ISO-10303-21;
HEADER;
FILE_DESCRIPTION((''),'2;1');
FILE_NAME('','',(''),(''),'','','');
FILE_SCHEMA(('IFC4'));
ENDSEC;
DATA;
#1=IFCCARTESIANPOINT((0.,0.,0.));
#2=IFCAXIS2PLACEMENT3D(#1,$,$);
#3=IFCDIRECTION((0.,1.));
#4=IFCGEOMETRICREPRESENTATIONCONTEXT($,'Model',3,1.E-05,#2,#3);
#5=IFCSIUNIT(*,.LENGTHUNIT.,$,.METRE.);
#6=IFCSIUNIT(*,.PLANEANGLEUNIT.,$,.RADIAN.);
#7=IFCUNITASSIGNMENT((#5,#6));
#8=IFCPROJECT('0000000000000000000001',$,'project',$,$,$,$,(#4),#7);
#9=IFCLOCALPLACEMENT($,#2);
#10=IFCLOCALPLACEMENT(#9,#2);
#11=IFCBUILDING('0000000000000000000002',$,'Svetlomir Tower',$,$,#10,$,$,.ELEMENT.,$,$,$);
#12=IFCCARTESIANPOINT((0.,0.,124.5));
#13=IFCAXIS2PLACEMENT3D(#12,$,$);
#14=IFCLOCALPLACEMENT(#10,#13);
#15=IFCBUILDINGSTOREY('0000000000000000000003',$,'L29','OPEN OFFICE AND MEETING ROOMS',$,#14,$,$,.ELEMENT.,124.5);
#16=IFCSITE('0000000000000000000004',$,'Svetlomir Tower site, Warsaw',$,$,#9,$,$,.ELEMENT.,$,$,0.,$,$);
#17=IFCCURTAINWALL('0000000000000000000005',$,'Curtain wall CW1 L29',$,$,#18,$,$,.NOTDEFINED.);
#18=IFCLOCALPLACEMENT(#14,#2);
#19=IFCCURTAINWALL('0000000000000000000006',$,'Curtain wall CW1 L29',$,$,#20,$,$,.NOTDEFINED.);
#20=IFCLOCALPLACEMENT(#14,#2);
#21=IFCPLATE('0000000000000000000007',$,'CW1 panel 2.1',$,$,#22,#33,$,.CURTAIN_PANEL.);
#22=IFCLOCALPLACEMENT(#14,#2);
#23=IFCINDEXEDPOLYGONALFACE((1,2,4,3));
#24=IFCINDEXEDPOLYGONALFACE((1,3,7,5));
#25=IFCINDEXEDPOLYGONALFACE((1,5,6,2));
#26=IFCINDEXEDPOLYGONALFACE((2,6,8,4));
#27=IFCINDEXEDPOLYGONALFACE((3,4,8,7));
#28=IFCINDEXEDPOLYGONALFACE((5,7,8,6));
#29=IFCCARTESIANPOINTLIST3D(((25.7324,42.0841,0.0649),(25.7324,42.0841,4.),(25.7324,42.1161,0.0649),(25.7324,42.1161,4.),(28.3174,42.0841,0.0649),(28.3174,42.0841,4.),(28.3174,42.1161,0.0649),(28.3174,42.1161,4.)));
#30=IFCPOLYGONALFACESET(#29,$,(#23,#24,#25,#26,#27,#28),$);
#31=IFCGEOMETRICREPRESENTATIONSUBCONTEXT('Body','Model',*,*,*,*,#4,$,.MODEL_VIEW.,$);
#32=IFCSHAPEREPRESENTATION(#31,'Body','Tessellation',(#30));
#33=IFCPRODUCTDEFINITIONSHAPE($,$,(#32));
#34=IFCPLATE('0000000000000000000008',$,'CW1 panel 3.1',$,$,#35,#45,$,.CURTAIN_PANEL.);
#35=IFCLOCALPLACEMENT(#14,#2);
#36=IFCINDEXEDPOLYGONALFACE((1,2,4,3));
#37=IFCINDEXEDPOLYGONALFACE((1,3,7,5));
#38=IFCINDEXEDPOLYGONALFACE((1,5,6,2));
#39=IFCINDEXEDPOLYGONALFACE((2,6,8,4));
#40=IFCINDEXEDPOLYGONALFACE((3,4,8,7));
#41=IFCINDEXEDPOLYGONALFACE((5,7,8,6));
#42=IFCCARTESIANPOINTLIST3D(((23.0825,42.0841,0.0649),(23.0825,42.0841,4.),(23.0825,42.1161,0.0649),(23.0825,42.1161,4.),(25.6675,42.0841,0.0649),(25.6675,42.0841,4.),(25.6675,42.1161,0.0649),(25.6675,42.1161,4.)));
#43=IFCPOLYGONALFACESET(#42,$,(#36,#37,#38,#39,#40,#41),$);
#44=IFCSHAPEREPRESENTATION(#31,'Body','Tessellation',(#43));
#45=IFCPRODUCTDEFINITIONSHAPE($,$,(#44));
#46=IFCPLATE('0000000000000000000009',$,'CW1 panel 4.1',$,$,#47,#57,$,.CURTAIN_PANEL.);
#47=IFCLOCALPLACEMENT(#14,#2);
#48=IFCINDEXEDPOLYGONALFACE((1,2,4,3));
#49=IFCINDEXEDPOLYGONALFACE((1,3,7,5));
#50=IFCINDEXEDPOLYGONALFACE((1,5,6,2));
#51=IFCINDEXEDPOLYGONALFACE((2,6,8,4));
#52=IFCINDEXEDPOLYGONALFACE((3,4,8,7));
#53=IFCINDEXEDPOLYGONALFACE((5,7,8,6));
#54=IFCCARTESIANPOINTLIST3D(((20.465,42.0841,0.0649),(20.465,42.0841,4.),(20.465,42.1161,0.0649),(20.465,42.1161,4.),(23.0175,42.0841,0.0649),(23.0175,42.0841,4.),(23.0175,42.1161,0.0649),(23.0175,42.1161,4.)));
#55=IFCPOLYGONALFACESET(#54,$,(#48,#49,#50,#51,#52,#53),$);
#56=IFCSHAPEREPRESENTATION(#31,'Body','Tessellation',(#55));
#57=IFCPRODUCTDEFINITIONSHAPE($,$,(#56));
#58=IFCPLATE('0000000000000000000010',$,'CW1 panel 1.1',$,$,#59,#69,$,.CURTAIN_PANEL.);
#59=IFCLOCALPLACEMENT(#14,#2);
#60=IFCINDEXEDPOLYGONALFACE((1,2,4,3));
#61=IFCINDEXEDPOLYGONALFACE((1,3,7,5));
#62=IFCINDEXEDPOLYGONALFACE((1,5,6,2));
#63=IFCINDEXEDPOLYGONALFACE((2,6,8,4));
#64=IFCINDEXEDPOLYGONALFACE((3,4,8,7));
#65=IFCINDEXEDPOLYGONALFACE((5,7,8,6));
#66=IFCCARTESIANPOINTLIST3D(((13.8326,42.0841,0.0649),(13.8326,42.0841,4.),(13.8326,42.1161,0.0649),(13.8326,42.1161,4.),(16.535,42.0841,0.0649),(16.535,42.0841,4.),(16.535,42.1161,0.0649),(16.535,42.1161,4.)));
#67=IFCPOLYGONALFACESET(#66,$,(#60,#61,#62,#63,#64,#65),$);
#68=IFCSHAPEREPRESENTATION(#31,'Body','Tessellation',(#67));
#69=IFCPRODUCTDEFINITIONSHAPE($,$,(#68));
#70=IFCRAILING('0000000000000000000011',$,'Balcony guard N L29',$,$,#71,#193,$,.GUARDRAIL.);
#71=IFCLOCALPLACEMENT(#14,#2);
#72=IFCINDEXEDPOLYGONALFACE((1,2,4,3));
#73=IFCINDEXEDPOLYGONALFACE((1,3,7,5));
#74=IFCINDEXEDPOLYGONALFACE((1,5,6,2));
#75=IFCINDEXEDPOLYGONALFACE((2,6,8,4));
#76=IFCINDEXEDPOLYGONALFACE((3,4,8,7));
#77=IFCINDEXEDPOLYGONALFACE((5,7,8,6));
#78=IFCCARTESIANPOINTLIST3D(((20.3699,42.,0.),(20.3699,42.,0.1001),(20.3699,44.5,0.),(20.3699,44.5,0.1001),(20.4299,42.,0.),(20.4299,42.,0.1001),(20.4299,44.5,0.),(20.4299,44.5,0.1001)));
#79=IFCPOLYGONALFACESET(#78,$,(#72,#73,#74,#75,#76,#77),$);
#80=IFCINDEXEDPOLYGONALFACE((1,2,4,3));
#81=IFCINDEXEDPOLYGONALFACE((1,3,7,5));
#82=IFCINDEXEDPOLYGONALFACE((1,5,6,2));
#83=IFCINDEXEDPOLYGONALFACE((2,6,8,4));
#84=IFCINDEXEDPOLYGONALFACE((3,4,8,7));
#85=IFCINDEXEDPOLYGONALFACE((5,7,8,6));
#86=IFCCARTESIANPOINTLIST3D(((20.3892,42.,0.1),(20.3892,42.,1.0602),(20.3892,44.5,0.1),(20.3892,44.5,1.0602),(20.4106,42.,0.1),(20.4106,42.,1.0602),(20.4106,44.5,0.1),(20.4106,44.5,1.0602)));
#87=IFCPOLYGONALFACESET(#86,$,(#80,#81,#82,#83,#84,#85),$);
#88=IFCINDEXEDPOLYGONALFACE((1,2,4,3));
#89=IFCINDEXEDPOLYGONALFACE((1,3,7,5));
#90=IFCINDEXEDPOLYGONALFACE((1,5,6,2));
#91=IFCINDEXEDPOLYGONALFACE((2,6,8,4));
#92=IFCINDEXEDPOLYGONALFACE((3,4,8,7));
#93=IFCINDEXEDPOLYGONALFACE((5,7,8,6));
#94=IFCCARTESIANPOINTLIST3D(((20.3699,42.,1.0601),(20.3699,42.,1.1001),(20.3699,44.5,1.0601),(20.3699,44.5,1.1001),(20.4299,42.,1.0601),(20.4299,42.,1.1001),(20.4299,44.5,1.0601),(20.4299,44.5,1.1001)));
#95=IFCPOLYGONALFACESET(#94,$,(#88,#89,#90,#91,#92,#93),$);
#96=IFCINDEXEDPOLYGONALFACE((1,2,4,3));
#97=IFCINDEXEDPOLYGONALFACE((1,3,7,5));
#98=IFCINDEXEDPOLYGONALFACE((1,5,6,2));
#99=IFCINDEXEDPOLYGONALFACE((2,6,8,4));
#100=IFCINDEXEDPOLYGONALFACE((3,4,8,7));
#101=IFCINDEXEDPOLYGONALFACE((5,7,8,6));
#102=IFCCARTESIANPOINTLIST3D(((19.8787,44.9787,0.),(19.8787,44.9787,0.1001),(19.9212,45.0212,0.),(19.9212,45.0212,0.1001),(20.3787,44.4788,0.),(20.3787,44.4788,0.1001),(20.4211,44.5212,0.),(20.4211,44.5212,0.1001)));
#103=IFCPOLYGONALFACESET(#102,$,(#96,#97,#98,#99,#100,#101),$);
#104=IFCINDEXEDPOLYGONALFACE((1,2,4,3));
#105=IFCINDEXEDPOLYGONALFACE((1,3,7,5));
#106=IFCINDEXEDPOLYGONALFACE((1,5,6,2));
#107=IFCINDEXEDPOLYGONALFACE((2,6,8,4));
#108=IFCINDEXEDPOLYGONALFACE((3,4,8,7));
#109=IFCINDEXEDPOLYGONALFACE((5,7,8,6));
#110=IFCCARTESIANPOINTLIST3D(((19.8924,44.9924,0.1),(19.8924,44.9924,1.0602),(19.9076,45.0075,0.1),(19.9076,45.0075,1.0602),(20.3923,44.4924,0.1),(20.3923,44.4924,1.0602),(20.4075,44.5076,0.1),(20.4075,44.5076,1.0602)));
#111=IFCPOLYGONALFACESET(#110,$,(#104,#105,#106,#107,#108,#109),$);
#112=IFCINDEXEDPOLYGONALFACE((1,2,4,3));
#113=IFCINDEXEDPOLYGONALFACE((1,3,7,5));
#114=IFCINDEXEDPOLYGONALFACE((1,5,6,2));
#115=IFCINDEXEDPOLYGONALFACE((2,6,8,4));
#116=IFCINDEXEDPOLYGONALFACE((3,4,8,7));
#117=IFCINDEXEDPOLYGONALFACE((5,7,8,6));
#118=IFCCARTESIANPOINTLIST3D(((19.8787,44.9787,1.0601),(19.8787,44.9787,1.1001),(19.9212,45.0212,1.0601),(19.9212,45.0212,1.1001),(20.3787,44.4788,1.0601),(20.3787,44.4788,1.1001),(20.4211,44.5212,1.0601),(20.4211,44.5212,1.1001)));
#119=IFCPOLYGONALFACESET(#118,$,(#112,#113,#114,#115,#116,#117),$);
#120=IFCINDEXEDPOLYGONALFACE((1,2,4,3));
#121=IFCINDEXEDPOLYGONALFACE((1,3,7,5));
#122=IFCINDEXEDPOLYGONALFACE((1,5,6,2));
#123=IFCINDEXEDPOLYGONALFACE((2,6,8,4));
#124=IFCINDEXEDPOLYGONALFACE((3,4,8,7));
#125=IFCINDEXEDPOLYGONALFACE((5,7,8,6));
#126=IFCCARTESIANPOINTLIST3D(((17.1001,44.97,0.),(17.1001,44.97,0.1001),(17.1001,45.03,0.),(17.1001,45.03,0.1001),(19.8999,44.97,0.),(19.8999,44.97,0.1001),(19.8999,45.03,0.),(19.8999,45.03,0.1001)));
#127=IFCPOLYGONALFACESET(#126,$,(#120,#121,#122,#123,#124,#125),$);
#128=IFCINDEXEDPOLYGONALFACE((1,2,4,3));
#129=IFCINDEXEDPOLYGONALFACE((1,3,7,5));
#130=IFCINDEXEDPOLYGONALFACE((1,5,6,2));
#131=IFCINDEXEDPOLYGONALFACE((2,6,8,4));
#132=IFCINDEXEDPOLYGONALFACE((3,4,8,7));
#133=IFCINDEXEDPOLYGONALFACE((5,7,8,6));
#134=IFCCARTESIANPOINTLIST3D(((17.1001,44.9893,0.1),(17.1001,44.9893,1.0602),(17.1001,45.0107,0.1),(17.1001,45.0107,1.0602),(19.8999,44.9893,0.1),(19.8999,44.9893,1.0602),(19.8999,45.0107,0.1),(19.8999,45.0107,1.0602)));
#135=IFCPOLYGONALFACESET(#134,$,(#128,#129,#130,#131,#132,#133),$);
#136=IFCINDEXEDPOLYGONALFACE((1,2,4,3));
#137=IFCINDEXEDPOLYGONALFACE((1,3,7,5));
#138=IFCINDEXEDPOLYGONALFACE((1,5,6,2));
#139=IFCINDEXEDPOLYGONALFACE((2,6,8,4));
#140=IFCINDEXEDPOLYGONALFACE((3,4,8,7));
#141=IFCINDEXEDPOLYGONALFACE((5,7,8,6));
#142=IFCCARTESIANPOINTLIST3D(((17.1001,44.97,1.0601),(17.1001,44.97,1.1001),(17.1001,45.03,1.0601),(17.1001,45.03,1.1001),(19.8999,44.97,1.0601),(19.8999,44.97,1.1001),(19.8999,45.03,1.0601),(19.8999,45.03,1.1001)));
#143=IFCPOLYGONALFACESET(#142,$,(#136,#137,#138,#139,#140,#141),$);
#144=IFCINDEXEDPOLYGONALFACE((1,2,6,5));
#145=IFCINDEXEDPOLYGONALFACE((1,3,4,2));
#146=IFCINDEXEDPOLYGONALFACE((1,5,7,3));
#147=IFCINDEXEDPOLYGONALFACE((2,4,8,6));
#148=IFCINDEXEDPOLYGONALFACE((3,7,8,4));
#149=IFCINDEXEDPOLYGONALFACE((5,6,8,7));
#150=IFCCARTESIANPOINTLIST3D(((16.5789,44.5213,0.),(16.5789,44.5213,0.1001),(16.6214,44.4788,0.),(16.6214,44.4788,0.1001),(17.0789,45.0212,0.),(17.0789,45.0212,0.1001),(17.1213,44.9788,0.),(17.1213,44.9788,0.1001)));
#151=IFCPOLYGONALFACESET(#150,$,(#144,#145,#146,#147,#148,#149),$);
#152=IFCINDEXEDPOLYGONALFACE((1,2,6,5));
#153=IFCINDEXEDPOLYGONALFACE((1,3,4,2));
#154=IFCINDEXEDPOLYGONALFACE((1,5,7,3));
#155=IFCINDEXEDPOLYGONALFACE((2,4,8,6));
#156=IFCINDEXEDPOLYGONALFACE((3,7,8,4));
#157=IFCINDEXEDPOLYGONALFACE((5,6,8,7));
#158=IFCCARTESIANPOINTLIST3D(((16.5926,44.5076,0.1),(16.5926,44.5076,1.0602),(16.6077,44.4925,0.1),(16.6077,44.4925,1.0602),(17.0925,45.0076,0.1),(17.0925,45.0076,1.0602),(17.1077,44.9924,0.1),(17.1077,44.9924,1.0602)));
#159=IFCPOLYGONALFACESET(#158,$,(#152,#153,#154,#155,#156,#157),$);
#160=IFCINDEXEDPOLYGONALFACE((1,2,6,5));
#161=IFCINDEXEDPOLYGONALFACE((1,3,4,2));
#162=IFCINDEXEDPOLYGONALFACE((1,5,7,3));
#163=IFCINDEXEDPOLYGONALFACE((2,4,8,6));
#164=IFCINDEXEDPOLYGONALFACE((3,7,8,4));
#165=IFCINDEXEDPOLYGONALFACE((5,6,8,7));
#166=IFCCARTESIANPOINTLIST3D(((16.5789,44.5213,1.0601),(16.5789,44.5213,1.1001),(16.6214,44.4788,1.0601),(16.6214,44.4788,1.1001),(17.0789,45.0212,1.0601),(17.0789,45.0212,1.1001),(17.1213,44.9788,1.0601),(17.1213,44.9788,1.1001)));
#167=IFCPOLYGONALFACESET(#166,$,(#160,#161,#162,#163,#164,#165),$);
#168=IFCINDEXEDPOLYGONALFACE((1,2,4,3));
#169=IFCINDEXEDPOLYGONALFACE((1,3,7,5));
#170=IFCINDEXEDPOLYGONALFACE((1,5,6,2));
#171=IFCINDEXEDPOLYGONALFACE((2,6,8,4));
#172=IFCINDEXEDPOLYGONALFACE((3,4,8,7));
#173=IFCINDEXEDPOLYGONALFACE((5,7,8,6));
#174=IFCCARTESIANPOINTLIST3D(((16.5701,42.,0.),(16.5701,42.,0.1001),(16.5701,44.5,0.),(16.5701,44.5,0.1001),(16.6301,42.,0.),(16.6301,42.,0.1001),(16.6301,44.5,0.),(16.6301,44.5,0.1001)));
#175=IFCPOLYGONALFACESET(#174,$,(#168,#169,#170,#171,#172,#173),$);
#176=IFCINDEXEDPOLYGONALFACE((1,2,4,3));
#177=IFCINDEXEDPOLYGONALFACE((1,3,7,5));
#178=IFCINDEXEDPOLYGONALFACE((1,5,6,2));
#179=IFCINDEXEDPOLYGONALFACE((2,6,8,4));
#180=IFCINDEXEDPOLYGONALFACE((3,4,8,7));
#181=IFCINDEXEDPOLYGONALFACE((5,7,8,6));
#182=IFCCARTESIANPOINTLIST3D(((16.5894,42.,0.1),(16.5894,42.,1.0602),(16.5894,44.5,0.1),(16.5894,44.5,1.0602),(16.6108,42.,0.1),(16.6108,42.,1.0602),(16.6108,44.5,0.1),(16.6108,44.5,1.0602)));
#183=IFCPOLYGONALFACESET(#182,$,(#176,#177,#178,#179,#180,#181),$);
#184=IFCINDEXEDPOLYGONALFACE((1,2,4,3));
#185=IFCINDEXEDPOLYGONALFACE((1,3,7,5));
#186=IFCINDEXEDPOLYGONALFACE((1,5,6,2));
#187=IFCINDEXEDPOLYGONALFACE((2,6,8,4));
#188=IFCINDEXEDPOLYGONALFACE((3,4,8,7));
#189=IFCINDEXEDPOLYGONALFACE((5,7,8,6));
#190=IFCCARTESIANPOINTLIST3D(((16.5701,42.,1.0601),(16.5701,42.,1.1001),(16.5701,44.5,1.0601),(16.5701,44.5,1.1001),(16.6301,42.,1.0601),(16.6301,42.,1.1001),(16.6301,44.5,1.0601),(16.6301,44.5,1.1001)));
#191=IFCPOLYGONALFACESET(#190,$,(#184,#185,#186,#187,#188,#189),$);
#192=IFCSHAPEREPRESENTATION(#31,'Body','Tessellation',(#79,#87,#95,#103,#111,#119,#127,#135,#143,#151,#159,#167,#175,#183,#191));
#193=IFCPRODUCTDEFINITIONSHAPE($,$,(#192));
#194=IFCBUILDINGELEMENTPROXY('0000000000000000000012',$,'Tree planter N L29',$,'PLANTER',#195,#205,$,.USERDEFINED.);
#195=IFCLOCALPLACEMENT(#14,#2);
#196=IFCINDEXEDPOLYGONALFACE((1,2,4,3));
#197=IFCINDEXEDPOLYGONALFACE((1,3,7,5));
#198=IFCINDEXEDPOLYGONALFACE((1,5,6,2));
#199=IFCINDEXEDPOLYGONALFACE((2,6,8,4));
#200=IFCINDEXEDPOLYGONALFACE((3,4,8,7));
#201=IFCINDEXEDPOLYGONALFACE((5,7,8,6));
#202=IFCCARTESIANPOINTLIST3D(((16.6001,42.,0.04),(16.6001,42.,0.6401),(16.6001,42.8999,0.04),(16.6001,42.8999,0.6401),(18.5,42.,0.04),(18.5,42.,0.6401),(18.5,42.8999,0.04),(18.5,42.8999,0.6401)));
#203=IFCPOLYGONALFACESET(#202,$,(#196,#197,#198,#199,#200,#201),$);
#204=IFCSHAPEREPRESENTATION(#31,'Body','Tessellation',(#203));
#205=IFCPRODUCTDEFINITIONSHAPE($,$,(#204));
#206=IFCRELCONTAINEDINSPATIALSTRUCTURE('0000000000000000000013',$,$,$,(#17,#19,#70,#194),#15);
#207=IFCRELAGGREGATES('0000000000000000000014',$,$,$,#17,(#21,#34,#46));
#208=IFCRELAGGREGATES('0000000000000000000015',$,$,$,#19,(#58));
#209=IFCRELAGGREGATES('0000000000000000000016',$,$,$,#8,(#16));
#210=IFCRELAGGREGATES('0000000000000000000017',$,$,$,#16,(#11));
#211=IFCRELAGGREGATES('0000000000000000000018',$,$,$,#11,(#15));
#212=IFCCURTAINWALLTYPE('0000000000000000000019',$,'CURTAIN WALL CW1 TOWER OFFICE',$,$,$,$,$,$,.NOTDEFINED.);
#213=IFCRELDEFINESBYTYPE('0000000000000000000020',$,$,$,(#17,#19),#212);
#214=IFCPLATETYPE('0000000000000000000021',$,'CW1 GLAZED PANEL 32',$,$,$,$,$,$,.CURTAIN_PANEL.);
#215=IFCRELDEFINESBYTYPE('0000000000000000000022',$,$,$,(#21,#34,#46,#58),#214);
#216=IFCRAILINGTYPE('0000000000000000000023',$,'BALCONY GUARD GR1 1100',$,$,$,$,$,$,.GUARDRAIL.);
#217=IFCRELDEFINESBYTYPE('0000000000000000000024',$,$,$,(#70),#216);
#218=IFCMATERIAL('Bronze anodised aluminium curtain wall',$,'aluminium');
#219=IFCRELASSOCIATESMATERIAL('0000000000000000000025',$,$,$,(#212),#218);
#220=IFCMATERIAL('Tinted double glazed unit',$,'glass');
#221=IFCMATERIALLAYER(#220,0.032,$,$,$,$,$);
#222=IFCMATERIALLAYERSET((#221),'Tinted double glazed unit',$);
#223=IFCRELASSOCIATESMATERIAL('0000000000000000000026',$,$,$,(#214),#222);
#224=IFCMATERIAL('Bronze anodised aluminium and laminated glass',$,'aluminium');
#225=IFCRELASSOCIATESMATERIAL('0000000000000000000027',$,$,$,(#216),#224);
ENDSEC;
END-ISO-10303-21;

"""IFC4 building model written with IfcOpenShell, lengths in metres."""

from ifc_helpers import new_model, si_unit, direction, frame, origin, origin_2d, place, context, subcontext, project, spatial, rectangle, extrude, material, layer, layer_set, type_object, element, aggregate, save


model = new_model("IFC4")

# Units and contexts
model_context = context("Model", 3, precision=1e-05, world=origin(), true_north=direction((0.0, 1.0)))
body_context = subcontext(model_context, "Body", "Model", "MODEL_VIEW")
ifc_project = project(units=[si_unit("LENGTHUNIT", "METRE"), si_unit("PLANEANGLEUNIT", "RADIAN")], contexts=[model_context])

# Site, building, storey
site_placement = place(None, origin())
site = spatial("IfcSite", under=ifc_project, at=site_placement, Name="Svetlomir Tower site, Warsaw", CompositionType="ELEMENT", RefElevation=0.0)
building_placement = place(site_placement, origin())
building = spatial("IfcBuilding", under=site, at=building_placement, Name="Svetlomir Tower", CompositionType="ELEMENT")
storey_placement = place(building_placement, frame((0.0, 0.0, 124.5)))
storey = spatial("IfcBuildingStorey", under=building, at=storey_placement, Name="L29", Description="OPEN OFFICE AND MEETING ROOMS", CompositionType="ELEMENT", Elevation=124.5)

# Curtain wall
ifc_material_1 = material(Name="Bronze anodised aluminium curtain wall", Category="aluminium")
curtain_wall_type = type_object("IfcCurtainWallType", Name="CURTAIN WALL CW1 TOWER OFFICE", PredefinedType="NOTDEFINED", material=ifc_material_1)
curtain_wall_1_placement = place(storey_placement, origin())
curtain_wall_1 = element("IfcCurtainWall", 1, at=curtain_wall_1_placement, inside=storey, type_object=curtain_wall_type, Name="Curtain wall CW1 L29", PredefinedType="NOTDEFINED")

# Curtain wall
curtain_wall_2_placement = place(storey_placement, origin())
curtain_wall_2 = element("IfcCurtainWall", 2, at=curtain_wall_2_placement, inside=storey, type_object=curtain_wall_type, Name="Curtain wall CW1 L29", PredefinedType="NOTDEFINED")

# Plates
ifc_material_2 = material(Name="Tinted double glazed unit", Category="glass")
ifc_layer_1 = layer(ifc_material_2, 0.032)
ifc_layer_set_1 = layer_set([ifc_layer_1], Name="Tinted double glazed unit")
plate_type = type_object("IfcPlateType", Name="CW1 GLAZED PANEL 32", PredefinedType="CURTAIN_PANEL", material=ifc_layer_set_1)
plate_1_placement = place(storey_placement, frame((27.0249, 42.1001, 0.0649), z_axis=(0.0, 0.0, 1.0), x_axis=(-1.0, 0.0, 0.0)))
plate_1 = element("IfcPlate", 3, at=plate_1_placement, type_object=plate_type, Name="CW1 panel 2.1", PredefinedType="CURTAIN_PANEL", context=body_context, shape_type="SweptSolid", body=[
    extrude(rectangle(XDim=2.585, YDim=0.032, at=origin_2d()), origin(), (0.0, 0.0, 1.0), 3.9351),
])
plate_2_placement = place(storey_placement, frame((24.375, 42.1001, 0.0649), z_axis=(0.0, 0.0, 1.0), x_axis=(-1.0, 0.0, 0.0)))
plate_2 = element("IfcPlate", 4, at=plate_2_placement, type_object=plate_type, Name="CW1 panel 3.1", PredefinedType="CURTAIN_PANEL", context=body_context, shape_type="SweptSolid", body=[
    extrude(rectangle(XDim=2.585, YDim=0.032, at=origin_2d()), origin(), (0.0, 0.0, 1.0), 3.9351),
])
plate_3_placement = place(storey_placement, frame((21.7412, 42.1001, 0.0649), z_axis=(0.0, 0.0, 1.0), x_axis=(-1.0, 0.0, 0.0)))
plate_3 = element("IfcPlate", 5, at=plate_3_placement, type_object=plate_type, Name="CW1 panel 4.1", PredefinedType="CURTAIN_PANEL", context=body_context, shape_type="SweptSolid", body=[
    extrude(rectangle(XDim=2.5525, YDim=0.032, at=origin_2d()), origin(), (0.0, 0.0, 1.0), 3.9351),
])
aggregate(curtain_wall_1, [plate_1, plate_2, plate_3])
plate_4_placement = place(storey_placement, frame((15.1838, 42.1001, 0.0649), z_axis=(0.0, 0.0, 1.0), x_axis=(-1.0, 0.0, 0.0)))
plate_4 = element("IfcPlate", 6, at=plate_4_placement, type_object=plate_type, Name="CW1 panel 1.1", PredefinedType="CURTAIN_PANEL", context=body_context, shape_type="SweptSolid", body=[
    extrude(rectangle(XDim=2.7024, YDim=0.032, at=origin_2d()), origin(), (0.0, 0.0, 1.0), 3.9351),
])
aggregate(curtain_wall_2, [plate_4])

# Railing
ifc_material_3 = material(Name="Bronze anodised aluminium and laminated glass", Category="aluminium")
railing_type = type_object("IfcRailingType", Name="BALCONY GUARD GR1 1100", PredefinedType="GUARDRAIL", material=ifc_material_3)
railing_placement = place(storey_placement, frame((20.3999, 42.0, 0.0)))
element("IfcRailing", 7, at=railing_placement, inside=storey, type_object=railing_type, Name="Balcony guard N L29", PredefinedType="GUARDRAIL", context=body_context, shape_type="SweptSolid", body=[
    extrude(rectangle(XDim=0.0601, YDim=0.1001, at=origin_2d()), frame((0.0, 0.0, 0.05), z_axis=(0.0, 1.0, 0.0), x_axis=(-1.0, 0.0, 0.0)), (0.0, 0.0, 1.0), 2.5),
    extrude(rectangle(XDim=0.0215, YDim=0.9602, at=origin_2d()), frame((0.0, 0.0, 0.5801), z_axis=(0.0, 1.0, 0.0), x_axis=(-1.0, 0.0, 0.0)), (0.0, 0.0, 1.0), 2.5),
    extrude(rectangle(XDim=0.0601, YDim=0.04, at=origin_2d()), frame((0.0, 0.0, 1.0801), z_axis=(0.0, 1.0, 0.0), x_axis=(-1.0, 0.0, 0.0)), (0.0, 0.0, 1.0), 2.5),
    extrude(rectangle(XDim=0.0601, YDim=0.1001, at=origin_2d()), frame((0.0, 2.5, 0.05), z_axis=(-0.707107, 0.707107, 0.0), x_axis=(-0.707107, -0.707107, 0.0)), (0.0, 0.0, 1.0), 0.707),
    extrude(rectangle(XDim=0.0215, YDim=0.9602, at=origin_2d()), frame((0.0, 2.5, 0.5801), z_axis=(-0.707107, 0.707107, 0.0), x_axis=(-0.707107, -0.707107, 0.0)), (0.0, 0.0, 1.0), 0.707),
    extrude(rectangle(XDim=0.0601, YDim=0.04, at=origin_2d()), frame((0.0, 2.5, 1.0801), z_axis=(-0.707107, 0.707107, 0.0), x_axis=(-0.707107, -0.707107, 0.0)), (0.0, 0.0, 1.0), 0.707),
    extrude(rectangle(XDim=0.0601, YDim=0.1001, at=origin_2d()), frame((-0.5, 3.0, 0.05), z_axis=(-1.0, 0.0, 0.0), x_axis=(0.0, -1.0, 0.0)), (0.0, 0.0, 1.0), 2.7998),
    extrude(rectangle(XDim=0.0215, YDim=0.9602, at=origin_2d()), frame((-0.5, 3.0, 0.5801), z_axis=(-1.0, 0.0, 0.0), x_axis=(0.0, -1.0, 0.0)), (0.0, 0.0, 1.0), 2.7998),
    extrude(rectangle(XDim=0.0601, YDim=0.04, at=origin_2d()), frame((-0.5, 3.0, 1.0801), z_axis=(-1.0, 0.0, 0.0), x_axis=(0.0, -1.0, 0.0)), (0.0, 0.0, 1.0), 2.7998),
    extrude(rectangle(XDim=0.0601, YDim=0.1001, at=origin_2d()), frame((-3.2998, 3.0, 0.05), z_axis=(-0.707107, -0.707107, 0.0), x_axis=(0.707107, -0.707107, 0.0)), (0.0, 0.0, 1.0), 0.707),
    extrude(rectangle(XDim=0.0215, YDim=0.9602, at=origin_2d()), frame((-3.2998, 3.0, 0.5801), z_axis=(-0.707107, -0.707107, 0.0), x_axis=(0.707107, -0.707107, 0.0)), (0.0, 0.0, 1.0), 0.707),
    extrude(rectangle(XDim=0.0601, YDim=0.04, at=origin_2d()), frame((-3.2998, 3.0, 1.0801), z_axis=(-0.707107, -0.707107, 0.0), x_axis=(0.707107, -0.707107, 0.0)), (0.0, 0.0, 1.0), 0.707),
    extrude(rectangle(XDim=0.0601, YDim=0.1001, at=origin_2d()), frame((-3.7998, 2.5, 0.05), z_axis=(0.0, -1.0, 0.0), x_axis=(1.0, 0.0, 0.0)), (0.0, 0.0, 1.0), 2.5),
    extrude(rectangle(XDim=0.0215, YDim=0.9602, at=origin_2d()), frame((-3.7998, 2.5, 0.5801), z_axis=(0.0, -1.0, 0.0), x_axis=(1.0, 0.0, 0.0)), (0.0, 0.0, 1.0), 2.5),
    extrude(rectangle(XDim=0.0601, YDim=0.04, at=origin_2d()), frame((-3.7998, 2.5, 1.0801), z_axis=(0.0, -1.0, 0.0), x_axis=(1.0, 0.0, 0.0)), (0.0, 0.0, 1.0), 2.5),
])

# Building element proxy
proxy_placement = place(storey_placement, frame((17.55, 42.45, 0.04), z_axis=(0.0, 0.0, 1.0), x_axis=(1.0, 0.0, 0.0)))
element("IfcBuildingElementProxy", 8, at=proxy_placement, inside=storey, Name="Tree planter N L29", ObjectType="PLANTER", PredefinedType="USERDEFINED", context=body_context, shape_type="SweptSolid", body=[
    extrude(rectangle(XDim=1.8999, YDim=0.8999, at=origin_2d()), origin(), (0.0, 0.0, 1.0), 0.6001),
])

save(model, "model.ifc")
